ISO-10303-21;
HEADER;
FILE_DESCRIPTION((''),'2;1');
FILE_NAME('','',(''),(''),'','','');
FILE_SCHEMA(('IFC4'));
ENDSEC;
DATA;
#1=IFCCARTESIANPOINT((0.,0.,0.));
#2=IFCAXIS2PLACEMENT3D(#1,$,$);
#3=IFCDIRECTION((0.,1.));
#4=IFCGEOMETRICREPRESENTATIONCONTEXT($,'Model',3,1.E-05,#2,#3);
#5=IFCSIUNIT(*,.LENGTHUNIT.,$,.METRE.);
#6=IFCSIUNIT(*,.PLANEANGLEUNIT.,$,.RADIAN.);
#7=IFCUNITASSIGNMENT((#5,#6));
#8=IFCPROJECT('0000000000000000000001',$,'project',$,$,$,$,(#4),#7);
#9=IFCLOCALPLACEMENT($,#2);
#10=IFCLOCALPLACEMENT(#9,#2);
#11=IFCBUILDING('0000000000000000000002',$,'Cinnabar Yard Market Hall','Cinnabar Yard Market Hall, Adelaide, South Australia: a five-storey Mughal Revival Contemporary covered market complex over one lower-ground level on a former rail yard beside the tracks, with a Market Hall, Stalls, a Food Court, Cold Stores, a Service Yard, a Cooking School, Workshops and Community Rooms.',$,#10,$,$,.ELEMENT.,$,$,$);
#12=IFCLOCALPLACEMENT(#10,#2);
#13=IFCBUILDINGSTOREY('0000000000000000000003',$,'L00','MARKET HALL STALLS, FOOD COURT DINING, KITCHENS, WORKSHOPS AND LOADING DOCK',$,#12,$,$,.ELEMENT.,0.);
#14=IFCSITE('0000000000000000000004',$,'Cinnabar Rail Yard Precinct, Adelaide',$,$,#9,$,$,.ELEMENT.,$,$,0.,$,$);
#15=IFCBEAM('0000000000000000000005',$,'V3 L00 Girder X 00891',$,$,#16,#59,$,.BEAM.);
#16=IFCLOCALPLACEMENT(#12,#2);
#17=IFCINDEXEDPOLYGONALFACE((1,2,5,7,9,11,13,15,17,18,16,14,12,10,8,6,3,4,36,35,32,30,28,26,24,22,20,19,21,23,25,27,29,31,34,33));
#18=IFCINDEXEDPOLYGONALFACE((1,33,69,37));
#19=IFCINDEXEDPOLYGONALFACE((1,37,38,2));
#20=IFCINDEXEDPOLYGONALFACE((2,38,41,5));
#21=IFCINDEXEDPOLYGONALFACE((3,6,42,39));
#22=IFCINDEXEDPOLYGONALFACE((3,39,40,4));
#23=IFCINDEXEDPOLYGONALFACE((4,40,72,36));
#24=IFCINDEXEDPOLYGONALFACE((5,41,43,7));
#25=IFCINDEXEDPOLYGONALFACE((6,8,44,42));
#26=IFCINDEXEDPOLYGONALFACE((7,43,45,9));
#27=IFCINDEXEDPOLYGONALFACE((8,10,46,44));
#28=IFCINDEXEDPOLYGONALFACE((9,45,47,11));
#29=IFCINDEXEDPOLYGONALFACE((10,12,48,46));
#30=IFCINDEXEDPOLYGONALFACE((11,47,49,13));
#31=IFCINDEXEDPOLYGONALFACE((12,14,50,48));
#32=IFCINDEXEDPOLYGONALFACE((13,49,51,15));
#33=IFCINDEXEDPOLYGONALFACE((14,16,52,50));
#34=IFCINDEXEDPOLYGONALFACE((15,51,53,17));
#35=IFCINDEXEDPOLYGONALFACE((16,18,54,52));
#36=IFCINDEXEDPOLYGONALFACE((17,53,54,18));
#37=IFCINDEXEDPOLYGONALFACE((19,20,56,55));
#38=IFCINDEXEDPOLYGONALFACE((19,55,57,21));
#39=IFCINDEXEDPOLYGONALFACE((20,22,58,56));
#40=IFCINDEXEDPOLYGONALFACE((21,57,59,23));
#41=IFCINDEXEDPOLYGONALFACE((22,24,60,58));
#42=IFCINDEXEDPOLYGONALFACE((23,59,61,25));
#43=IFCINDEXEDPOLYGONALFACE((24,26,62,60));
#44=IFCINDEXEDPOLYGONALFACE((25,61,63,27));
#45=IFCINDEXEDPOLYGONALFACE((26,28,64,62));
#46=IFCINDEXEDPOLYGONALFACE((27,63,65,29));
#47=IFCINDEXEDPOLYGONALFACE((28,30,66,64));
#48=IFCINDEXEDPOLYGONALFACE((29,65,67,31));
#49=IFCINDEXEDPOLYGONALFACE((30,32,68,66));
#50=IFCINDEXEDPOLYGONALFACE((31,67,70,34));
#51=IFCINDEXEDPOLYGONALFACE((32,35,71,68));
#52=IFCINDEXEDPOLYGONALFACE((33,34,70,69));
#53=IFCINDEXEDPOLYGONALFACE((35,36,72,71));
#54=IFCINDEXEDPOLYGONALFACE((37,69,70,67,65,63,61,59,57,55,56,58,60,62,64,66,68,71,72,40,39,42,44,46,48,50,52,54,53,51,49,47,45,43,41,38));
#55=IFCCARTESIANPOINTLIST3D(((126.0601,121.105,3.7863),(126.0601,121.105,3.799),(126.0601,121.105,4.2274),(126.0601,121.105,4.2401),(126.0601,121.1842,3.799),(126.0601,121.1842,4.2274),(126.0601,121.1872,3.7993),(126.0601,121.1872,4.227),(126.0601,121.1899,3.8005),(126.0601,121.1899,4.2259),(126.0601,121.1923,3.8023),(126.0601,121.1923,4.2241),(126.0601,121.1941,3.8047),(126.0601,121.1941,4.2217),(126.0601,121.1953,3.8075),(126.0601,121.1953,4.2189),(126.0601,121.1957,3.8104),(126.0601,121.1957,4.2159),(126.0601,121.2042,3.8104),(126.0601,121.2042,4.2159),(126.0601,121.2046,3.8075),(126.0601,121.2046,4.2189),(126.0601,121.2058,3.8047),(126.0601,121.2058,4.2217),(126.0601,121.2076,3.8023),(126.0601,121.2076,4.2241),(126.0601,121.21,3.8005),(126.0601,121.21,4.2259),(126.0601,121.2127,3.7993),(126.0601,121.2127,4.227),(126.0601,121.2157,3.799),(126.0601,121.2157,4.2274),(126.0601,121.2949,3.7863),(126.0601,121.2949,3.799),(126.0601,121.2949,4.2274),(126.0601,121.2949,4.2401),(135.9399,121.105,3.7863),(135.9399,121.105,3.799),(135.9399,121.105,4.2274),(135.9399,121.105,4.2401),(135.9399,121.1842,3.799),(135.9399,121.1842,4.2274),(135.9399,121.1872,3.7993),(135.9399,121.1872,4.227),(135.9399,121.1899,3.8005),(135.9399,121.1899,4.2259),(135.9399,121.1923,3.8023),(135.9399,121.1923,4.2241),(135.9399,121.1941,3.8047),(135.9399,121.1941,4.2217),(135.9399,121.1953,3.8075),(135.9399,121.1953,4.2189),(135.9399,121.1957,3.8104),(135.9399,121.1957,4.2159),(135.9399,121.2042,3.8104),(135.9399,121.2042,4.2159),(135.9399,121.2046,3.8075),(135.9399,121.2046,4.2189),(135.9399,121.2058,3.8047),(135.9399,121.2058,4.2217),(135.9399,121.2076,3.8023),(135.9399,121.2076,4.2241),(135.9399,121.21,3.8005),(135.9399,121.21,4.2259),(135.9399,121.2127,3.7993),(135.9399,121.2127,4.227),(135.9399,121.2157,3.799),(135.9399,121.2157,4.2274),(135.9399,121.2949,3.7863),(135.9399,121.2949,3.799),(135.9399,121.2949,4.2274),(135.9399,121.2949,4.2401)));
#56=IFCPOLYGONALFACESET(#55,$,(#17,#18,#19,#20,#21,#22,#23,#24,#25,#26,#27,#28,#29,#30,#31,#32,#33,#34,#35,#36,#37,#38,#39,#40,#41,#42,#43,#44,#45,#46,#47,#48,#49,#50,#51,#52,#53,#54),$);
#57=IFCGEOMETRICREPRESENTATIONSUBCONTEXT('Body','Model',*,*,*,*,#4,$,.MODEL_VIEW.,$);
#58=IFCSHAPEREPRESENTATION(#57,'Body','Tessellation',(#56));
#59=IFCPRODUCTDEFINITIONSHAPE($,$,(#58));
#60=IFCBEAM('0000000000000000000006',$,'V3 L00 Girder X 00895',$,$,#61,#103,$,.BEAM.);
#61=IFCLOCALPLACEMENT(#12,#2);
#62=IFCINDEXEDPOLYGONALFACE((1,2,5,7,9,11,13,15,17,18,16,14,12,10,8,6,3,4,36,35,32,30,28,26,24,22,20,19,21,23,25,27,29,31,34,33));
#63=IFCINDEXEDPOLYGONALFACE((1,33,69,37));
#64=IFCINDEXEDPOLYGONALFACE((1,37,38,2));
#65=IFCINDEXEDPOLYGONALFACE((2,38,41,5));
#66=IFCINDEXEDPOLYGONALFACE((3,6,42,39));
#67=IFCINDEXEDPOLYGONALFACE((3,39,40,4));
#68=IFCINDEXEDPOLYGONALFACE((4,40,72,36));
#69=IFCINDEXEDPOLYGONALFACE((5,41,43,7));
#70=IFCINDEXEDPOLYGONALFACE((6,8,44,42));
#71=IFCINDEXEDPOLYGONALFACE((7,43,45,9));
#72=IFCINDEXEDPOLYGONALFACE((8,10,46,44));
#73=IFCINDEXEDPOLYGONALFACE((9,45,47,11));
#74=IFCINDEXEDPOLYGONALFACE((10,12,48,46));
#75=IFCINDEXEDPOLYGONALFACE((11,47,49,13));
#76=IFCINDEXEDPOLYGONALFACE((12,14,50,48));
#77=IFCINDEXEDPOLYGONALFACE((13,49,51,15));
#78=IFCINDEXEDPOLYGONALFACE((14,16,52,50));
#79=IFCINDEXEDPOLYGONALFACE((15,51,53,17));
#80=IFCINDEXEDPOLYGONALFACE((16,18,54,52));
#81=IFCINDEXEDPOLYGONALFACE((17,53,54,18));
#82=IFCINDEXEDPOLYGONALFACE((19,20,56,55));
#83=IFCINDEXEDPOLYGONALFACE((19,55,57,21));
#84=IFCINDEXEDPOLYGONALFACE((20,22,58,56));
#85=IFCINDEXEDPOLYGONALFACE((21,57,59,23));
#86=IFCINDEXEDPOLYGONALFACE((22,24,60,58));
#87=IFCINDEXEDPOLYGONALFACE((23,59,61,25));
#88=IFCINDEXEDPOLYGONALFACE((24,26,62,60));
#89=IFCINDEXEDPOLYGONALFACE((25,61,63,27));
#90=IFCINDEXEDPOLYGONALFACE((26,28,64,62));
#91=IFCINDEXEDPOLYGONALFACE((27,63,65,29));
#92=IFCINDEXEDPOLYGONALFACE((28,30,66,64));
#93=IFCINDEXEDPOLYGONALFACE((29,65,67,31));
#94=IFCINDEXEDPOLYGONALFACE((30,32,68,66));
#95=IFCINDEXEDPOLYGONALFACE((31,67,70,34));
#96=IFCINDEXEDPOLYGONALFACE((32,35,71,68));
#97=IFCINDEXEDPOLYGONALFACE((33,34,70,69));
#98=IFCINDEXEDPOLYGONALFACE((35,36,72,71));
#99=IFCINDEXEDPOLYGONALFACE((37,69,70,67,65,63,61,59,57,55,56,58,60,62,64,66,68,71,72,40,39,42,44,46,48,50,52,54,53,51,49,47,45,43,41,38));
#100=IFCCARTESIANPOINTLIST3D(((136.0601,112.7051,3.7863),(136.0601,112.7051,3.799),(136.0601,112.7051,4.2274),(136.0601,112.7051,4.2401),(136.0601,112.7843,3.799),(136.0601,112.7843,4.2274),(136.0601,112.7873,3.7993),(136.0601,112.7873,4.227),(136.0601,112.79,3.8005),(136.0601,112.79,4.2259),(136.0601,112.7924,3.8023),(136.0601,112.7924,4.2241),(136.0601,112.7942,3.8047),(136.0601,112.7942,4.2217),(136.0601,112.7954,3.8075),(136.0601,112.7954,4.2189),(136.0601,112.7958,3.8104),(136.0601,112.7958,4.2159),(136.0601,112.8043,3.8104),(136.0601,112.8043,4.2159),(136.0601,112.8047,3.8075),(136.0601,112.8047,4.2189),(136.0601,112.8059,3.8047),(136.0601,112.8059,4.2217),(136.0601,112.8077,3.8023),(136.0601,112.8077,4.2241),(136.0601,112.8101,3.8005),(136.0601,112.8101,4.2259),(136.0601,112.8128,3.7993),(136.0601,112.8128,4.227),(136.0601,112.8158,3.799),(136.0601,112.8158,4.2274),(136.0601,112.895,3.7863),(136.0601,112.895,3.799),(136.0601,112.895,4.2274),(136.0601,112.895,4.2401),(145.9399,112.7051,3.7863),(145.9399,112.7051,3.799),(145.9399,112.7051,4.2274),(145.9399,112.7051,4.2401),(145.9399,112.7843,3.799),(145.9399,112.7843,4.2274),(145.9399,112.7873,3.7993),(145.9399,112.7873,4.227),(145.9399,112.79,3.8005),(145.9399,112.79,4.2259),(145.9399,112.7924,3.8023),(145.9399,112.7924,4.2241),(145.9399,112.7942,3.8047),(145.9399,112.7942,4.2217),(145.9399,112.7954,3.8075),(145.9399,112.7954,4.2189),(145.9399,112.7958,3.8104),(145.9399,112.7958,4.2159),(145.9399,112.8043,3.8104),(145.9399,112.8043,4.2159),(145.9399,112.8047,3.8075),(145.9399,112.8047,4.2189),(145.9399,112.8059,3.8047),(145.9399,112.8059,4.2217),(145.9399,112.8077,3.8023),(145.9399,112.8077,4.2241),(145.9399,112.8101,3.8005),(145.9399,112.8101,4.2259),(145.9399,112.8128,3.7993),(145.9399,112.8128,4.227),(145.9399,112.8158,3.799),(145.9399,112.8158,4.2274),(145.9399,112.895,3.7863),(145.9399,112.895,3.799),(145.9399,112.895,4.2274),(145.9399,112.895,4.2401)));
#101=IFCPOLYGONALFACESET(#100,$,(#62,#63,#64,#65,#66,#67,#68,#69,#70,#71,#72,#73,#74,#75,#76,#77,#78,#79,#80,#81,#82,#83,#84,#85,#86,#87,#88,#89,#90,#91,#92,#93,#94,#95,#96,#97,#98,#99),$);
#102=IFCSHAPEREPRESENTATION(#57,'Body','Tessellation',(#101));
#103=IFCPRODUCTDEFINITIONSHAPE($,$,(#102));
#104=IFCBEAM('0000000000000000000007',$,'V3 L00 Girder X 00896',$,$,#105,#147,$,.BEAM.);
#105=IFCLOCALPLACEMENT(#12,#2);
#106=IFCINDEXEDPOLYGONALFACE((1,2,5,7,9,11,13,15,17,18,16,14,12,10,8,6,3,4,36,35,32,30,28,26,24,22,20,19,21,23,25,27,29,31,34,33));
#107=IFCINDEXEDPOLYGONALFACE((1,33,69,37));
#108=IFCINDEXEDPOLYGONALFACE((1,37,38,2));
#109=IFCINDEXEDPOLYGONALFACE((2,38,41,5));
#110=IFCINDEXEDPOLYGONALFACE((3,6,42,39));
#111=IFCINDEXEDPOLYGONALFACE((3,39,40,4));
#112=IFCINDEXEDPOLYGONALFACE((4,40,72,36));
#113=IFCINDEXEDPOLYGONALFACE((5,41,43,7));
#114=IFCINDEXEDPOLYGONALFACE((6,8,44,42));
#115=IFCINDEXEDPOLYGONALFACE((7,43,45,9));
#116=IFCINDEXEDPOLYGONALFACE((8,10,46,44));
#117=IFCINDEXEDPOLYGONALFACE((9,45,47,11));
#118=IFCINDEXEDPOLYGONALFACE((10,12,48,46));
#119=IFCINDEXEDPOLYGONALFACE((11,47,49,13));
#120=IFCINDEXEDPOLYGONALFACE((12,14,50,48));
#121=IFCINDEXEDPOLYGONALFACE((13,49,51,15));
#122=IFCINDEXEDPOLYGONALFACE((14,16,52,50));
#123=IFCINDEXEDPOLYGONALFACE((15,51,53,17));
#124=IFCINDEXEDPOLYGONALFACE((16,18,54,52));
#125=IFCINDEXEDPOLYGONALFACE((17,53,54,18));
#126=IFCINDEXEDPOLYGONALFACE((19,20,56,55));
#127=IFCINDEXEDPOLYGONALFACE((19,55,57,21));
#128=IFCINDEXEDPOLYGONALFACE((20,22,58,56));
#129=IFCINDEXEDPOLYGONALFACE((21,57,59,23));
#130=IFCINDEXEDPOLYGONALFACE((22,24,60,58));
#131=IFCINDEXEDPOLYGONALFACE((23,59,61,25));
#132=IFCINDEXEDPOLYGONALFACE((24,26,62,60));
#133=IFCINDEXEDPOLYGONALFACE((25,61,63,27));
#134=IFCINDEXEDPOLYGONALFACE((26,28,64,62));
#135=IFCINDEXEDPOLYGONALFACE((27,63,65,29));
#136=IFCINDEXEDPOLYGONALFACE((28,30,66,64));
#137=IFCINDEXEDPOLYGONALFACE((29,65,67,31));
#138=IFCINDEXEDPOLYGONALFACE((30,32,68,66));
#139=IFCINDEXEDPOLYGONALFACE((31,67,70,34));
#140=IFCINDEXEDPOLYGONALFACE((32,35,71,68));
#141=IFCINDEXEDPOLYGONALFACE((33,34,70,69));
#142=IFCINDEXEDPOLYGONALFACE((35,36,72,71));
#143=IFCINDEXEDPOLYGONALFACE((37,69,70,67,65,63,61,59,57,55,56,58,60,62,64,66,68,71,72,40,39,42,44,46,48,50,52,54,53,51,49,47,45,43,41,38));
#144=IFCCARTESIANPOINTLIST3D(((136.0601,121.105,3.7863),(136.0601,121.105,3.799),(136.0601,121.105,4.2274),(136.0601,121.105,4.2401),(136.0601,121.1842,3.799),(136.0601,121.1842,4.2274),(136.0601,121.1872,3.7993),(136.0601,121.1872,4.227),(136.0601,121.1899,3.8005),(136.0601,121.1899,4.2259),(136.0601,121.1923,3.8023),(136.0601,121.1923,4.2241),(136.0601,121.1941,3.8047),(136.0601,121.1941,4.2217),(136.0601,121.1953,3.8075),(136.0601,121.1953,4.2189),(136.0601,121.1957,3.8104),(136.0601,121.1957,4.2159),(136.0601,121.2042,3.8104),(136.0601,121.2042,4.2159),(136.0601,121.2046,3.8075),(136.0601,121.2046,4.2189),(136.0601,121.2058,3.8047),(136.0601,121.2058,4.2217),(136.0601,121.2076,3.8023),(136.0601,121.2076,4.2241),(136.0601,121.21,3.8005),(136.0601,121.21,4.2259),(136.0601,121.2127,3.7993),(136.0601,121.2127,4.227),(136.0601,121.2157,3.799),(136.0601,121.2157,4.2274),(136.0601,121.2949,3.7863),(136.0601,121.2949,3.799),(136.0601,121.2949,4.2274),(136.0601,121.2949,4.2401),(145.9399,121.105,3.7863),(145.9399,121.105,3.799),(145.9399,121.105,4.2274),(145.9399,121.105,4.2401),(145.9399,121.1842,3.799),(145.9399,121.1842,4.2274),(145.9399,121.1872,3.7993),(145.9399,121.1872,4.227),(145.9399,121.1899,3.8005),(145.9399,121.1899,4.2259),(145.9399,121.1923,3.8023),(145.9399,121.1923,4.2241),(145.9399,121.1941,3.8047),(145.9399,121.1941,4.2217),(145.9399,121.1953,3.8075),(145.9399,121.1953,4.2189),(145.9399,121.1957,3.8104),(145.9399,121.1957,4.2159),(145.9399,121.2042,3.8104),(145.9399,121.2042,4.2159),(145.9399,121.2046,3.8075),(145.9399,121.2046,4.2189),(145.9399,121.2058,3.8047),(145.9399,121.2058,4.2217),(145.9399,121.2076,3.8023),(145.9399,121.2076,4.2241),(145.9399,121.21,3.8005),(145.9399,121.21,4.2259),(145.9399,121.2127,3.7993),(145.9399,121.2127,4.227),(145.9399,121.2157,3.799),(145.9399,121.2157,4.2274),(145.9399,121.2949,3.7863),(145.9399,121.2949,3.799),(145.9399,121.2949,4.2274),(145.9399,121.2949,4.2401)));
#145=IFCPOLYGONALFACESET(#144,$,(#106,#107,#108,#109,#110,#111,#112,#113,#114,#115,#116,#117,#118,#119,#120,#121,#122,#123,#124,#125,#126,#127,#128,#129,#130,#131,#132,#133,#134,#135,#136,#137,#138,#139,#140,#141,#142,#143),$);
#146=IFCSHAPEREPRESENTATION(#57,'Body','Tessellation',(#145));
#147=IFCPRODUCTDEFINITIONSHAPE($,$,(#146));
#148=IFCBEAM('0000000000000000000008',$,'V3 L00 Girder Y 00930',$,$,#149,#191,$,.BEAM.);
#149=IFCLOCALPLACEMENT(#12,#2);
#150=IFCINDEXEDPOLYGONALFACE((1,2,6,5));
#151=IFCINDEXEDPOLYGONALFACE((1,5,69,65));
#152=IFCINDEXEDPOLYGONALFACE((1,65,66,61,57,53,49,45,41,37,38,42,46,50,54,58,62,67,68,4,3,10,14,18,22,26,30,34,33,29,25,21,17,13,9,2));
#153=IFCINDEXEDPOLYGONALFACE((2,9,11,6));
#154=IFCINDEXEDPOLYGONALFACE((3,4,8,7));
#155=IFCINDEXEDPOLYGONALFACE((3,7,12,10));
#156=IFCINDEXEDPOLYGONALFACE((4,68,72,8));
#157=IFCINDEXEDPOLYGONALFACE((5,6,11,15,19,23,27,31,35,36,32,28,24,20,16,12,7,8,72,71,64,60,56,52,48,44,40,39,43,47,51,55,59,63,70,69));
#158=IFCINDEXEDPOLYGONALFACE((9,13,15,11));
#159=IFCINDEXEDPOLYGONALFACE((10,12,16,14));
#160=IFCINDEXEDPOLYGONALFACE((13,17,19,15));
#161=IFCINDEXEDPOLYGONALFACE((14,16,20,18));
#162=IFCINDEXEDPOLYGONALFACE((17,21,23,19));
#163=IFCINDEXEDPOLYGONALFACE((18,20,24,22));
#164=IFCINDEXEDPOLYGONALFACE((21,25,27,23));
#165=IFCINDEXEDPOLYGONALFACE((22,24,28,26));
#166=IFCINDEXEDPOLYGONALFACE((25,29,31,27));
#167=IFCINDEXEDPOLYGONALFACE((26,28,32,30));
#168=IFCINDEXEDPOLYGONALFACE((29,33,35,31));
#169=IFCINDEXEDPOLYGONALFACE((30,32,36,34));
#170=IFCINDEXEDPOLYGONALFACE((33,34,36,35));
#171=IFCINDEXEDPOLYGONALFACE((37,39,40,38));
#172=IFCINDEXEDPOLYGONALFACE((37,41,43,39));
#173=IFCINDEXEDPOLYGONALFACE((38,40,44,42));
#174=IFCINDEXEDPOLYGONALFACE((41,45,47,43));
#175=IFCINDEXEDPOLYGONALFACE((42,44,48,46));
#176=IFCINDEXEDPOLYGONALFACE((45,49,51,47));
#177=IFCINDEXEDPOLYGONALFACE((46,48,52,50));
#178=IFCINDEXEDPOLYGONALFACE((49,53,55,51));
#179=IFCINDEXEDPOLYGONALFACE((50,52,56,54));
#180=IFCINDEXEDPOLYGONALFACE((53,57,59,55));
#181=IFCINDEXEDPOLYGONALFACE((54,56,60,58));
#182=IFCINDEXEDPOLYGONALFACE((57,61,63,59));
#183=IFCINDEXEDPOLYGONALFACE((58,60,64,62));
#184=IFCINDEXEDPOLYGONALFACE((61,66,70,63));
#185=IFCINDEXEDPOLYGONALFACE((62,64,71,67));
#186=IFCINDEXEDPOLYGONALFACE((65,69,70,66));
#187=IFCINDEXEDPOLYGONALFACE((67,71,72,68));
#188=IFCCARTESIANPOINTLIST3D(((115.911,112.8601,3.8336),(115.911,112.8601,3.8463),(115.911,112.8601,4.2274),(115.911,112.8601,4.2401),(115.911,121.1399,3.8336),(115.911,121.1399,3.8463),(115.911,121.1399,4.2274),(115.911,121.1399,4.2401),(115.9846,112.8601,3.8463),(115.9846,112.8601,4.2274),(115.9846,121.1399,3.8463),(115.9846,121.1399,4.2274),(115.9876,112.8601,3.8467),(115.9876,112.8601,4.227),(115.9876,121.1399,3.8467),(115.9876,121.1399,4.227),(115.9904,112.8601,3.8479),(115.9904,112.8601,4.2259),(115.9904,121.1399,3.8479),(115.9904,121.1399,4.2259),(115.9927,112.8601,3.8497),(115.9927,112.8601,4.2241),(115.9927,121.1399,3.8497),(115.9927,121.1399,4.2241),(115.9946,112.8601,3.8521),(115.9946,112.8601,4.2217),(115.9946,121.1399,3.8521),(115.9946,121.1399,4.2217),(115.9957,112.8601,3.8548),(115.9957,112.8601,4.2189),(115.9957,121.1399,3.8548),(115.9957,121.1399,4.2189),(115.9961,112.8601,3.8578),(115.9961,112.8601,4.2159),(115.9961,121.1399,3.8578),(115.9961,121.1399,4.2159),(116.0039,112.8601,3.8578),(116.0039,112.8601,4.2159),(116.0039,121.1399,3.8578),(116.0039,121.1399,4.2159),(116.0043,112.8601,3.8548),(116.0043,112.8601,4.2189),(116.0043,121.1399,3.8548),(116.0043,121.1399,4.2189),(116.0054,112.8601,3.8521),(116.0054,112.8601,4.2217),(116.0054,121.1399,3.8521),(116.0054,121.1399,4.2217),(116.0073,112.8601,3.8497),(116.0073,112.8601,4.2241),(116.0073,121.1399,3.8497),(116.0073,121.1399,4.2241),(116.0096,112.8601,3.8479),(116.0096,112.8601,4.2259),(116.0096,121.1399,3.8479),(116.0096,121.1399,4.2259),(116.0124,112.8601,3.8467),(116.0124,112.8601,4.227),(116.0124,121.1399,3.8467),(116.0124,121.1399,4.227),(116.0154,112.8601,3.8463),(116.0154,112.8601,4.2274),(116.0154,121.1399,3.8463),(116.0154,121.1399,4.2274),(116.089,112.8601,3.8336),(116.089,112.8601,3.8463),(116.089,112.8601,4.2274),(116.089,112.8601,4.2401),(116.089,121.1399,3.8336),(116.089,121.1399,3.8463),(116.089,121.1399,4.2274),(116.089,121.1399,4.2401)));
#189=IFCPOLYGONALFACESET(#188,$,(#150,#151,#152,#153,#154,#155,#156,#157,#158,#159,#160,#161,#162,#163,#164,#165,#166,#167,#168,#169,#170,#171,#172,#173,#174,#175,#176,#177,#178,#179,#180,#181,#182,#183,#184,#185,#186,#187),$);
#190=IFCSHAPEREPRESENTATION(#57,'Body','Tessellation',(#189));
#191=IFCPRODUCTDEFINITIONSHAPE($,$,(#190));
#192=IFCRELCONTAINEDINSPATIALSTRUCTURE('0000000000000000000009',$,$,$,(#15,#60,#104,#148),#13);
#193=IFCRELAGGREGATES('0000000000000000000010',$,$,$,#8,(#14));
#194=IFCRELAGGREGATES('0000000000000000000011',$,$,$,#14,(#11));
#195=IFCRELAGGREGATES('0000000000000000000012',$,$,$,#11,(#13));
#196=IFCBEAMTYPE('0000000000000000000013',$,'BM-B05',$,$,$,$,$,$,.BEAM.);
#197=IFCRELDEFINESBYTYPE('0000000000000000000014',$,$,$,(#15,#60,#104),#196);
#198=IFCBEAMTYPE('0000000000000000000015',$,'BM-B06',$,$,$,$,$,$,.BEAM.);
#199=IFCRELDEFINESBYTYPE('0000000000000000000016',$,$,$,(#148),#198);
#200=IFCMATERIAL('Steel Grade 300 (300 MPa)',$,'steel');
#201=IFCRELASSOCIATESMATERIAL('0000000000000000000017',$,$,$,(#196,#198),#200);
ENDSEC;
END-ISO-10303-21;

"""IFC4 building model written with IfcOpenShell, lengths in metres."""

from ifc_helpers import new_model, si_unit, direction, frame, origin, origin_2d_with_axis, place, context, subcontext, project, spatial, i_section, extrude, material, material_profile, profile_set, type_object, element, save


model = new_model("IFC4")

# Units and contexts
model_context = context("Model", 3, precision=1e-05, world=origin(), true_north=direction((0.0, 1.0)))
body_context = subcontext(model_context, "Body", "Model", "MODEL_VIEW")
ifc_project = project(units=[si_unit("LENGTHUNIT", "METRE"), si_unit("PLANEANGLEUNIT", "RADIAN")], contexts=[model_context])

# Site, building, storey
site_placement = place(None, origin())
site = spatial("IfcSite", under=ifc_project, at=site_placement, Name="Cinnabar Rail Yard Precinct, Adelaide", CompositionType="ELEMENT", RefElevation=0.0)
building_placement = place(site_placement, origin())
building = spatial("IfcBuilding", under=site, at=building_placement, Name="Cinnabar Yard Market Hall", Description="Cinnabar Yard Market Hall, Adelaide, South Australia: a five-storey Mughal Revival Contemporary covered market complex over one lower-ground level on a former rail yard beside the tracks, with a Market Hall, Stalls, a Food Court, Cold Stores, a Service Yard, a Cooking School, Workshops and Community Rooms.", CompositionType="ELEMENT")
storey_placement = place(building_placement, origin())
storey = spatial("IfcBuildingStorey", under=building, at=storey_placement, Name="L00", Description="MARKET HALL STALLS, FOOD COURT DINING, KITCHENS, WORKSHOPS AND LOADING DOCK", CompositionType="ELEMENT", Elevation=0.0)

# Shared definitions
ifc_material_1 = material(Name="Steel Grade 300 (300 MPa)", Category="steel")

# Beams
ifc_material_profile_1 = material_profile(ifc_material_1, i_section(OverallWidth=0.1899, OverallDepth=0.4539, WebThickness=0.0085, FlangeThickness=0.0127, FilletRadius=0.0115, at=origin_2d_with_axis()), Name="460UB67.1")
ifc_profile_set_1 = profile_set([ifc_material_profile_1], Name="Steel Grade 300 (300 MPa)")
beam_type_1 = type_object("IfcBeamType", Name="BM-B05", PredefinedType="BEAM", material=ifc_profile_set_1)
for number, where, z_axis, x_axis, name in (
    (1, (126.0601, 121.2, 4.0132), (1.0, 0.0, 0.0), (0.0, 1.0, 0.0), "V3 L00 Girder X 00891"),
    (2, (136.0601, 112.8, 4.0132), (1.0, 0.0, 0.0), (0.0, 1.0, 0.0), "V3 L00 Girder X 00895"),
    (3, (136.0601, 121.2, 4.0132), (1.0, 0.0, 0.0), (0.0, 1.0, 0.0), "V3 L00 Girder X 00896"),
):
    element("IfcBeam", number, at=place(storey_placement, frame(where, z_axis=z_axis, x_axis=x_axis)), inside=storey, type_object=beam_type_1, Name=name, PredefinedType="BEAM", context=body_context, shape_type="SweptSolid", body=[
        extrude(i_section(OverallWidth=0.1899, OverallDepth=0.4539, WebThickness=0.0085, FlangeThickness=0.0127, FilletRadius=0.0115, at=origin_2d_with_axis()), origin(), (0.0, 0.0, 1.0), 9.8799),
    ])
ifc_material_profile_2 = material_profile(ifc_material_1, i_section(OverallWidth=0.178, OverallDepth=0.4065, WebThickness=0.0078, FlangeThickness=0.0127, FilletRadius=0.0115, at=origin_2d_with_axis()), Name="410UB59.7")
ifc_profile_set_2 = profile_set([ifc_material_profile_2], Name="Steel Grade 300 (300 MPa)")
beam_type_2 = type_object("IfcBeamType", Name="BM-B06", PredefinedType="BEAM", material=ifc_profile_set_2)
beam_1_placement = place(storey_placement, frame((116.0, 112.8601, 4.0369), z_axis=(0.0, 1.0, 0.0), x_axis=(-1.0, 0.0, 0.0)))
element("IfcBeam", 4, at=beam_1_placement, inside=storey, type_object=beam_type_2, Name="V3 L00 Girder Y 00930", PredefinedType="BEAM", context=body_context, shape_type="SweptSolid", body=[
    extrude(i_section(OverallWidth=0.178, OverallDepth=0.4065, WebThickness=0.0078, FlangeThickness=0.0127, FilletRadius=0.0115, at=origin_2d_with_axis()), origin(), (0.0, 0.0, 1.0), 8.2798),
])

save(model, "model.ifc")
